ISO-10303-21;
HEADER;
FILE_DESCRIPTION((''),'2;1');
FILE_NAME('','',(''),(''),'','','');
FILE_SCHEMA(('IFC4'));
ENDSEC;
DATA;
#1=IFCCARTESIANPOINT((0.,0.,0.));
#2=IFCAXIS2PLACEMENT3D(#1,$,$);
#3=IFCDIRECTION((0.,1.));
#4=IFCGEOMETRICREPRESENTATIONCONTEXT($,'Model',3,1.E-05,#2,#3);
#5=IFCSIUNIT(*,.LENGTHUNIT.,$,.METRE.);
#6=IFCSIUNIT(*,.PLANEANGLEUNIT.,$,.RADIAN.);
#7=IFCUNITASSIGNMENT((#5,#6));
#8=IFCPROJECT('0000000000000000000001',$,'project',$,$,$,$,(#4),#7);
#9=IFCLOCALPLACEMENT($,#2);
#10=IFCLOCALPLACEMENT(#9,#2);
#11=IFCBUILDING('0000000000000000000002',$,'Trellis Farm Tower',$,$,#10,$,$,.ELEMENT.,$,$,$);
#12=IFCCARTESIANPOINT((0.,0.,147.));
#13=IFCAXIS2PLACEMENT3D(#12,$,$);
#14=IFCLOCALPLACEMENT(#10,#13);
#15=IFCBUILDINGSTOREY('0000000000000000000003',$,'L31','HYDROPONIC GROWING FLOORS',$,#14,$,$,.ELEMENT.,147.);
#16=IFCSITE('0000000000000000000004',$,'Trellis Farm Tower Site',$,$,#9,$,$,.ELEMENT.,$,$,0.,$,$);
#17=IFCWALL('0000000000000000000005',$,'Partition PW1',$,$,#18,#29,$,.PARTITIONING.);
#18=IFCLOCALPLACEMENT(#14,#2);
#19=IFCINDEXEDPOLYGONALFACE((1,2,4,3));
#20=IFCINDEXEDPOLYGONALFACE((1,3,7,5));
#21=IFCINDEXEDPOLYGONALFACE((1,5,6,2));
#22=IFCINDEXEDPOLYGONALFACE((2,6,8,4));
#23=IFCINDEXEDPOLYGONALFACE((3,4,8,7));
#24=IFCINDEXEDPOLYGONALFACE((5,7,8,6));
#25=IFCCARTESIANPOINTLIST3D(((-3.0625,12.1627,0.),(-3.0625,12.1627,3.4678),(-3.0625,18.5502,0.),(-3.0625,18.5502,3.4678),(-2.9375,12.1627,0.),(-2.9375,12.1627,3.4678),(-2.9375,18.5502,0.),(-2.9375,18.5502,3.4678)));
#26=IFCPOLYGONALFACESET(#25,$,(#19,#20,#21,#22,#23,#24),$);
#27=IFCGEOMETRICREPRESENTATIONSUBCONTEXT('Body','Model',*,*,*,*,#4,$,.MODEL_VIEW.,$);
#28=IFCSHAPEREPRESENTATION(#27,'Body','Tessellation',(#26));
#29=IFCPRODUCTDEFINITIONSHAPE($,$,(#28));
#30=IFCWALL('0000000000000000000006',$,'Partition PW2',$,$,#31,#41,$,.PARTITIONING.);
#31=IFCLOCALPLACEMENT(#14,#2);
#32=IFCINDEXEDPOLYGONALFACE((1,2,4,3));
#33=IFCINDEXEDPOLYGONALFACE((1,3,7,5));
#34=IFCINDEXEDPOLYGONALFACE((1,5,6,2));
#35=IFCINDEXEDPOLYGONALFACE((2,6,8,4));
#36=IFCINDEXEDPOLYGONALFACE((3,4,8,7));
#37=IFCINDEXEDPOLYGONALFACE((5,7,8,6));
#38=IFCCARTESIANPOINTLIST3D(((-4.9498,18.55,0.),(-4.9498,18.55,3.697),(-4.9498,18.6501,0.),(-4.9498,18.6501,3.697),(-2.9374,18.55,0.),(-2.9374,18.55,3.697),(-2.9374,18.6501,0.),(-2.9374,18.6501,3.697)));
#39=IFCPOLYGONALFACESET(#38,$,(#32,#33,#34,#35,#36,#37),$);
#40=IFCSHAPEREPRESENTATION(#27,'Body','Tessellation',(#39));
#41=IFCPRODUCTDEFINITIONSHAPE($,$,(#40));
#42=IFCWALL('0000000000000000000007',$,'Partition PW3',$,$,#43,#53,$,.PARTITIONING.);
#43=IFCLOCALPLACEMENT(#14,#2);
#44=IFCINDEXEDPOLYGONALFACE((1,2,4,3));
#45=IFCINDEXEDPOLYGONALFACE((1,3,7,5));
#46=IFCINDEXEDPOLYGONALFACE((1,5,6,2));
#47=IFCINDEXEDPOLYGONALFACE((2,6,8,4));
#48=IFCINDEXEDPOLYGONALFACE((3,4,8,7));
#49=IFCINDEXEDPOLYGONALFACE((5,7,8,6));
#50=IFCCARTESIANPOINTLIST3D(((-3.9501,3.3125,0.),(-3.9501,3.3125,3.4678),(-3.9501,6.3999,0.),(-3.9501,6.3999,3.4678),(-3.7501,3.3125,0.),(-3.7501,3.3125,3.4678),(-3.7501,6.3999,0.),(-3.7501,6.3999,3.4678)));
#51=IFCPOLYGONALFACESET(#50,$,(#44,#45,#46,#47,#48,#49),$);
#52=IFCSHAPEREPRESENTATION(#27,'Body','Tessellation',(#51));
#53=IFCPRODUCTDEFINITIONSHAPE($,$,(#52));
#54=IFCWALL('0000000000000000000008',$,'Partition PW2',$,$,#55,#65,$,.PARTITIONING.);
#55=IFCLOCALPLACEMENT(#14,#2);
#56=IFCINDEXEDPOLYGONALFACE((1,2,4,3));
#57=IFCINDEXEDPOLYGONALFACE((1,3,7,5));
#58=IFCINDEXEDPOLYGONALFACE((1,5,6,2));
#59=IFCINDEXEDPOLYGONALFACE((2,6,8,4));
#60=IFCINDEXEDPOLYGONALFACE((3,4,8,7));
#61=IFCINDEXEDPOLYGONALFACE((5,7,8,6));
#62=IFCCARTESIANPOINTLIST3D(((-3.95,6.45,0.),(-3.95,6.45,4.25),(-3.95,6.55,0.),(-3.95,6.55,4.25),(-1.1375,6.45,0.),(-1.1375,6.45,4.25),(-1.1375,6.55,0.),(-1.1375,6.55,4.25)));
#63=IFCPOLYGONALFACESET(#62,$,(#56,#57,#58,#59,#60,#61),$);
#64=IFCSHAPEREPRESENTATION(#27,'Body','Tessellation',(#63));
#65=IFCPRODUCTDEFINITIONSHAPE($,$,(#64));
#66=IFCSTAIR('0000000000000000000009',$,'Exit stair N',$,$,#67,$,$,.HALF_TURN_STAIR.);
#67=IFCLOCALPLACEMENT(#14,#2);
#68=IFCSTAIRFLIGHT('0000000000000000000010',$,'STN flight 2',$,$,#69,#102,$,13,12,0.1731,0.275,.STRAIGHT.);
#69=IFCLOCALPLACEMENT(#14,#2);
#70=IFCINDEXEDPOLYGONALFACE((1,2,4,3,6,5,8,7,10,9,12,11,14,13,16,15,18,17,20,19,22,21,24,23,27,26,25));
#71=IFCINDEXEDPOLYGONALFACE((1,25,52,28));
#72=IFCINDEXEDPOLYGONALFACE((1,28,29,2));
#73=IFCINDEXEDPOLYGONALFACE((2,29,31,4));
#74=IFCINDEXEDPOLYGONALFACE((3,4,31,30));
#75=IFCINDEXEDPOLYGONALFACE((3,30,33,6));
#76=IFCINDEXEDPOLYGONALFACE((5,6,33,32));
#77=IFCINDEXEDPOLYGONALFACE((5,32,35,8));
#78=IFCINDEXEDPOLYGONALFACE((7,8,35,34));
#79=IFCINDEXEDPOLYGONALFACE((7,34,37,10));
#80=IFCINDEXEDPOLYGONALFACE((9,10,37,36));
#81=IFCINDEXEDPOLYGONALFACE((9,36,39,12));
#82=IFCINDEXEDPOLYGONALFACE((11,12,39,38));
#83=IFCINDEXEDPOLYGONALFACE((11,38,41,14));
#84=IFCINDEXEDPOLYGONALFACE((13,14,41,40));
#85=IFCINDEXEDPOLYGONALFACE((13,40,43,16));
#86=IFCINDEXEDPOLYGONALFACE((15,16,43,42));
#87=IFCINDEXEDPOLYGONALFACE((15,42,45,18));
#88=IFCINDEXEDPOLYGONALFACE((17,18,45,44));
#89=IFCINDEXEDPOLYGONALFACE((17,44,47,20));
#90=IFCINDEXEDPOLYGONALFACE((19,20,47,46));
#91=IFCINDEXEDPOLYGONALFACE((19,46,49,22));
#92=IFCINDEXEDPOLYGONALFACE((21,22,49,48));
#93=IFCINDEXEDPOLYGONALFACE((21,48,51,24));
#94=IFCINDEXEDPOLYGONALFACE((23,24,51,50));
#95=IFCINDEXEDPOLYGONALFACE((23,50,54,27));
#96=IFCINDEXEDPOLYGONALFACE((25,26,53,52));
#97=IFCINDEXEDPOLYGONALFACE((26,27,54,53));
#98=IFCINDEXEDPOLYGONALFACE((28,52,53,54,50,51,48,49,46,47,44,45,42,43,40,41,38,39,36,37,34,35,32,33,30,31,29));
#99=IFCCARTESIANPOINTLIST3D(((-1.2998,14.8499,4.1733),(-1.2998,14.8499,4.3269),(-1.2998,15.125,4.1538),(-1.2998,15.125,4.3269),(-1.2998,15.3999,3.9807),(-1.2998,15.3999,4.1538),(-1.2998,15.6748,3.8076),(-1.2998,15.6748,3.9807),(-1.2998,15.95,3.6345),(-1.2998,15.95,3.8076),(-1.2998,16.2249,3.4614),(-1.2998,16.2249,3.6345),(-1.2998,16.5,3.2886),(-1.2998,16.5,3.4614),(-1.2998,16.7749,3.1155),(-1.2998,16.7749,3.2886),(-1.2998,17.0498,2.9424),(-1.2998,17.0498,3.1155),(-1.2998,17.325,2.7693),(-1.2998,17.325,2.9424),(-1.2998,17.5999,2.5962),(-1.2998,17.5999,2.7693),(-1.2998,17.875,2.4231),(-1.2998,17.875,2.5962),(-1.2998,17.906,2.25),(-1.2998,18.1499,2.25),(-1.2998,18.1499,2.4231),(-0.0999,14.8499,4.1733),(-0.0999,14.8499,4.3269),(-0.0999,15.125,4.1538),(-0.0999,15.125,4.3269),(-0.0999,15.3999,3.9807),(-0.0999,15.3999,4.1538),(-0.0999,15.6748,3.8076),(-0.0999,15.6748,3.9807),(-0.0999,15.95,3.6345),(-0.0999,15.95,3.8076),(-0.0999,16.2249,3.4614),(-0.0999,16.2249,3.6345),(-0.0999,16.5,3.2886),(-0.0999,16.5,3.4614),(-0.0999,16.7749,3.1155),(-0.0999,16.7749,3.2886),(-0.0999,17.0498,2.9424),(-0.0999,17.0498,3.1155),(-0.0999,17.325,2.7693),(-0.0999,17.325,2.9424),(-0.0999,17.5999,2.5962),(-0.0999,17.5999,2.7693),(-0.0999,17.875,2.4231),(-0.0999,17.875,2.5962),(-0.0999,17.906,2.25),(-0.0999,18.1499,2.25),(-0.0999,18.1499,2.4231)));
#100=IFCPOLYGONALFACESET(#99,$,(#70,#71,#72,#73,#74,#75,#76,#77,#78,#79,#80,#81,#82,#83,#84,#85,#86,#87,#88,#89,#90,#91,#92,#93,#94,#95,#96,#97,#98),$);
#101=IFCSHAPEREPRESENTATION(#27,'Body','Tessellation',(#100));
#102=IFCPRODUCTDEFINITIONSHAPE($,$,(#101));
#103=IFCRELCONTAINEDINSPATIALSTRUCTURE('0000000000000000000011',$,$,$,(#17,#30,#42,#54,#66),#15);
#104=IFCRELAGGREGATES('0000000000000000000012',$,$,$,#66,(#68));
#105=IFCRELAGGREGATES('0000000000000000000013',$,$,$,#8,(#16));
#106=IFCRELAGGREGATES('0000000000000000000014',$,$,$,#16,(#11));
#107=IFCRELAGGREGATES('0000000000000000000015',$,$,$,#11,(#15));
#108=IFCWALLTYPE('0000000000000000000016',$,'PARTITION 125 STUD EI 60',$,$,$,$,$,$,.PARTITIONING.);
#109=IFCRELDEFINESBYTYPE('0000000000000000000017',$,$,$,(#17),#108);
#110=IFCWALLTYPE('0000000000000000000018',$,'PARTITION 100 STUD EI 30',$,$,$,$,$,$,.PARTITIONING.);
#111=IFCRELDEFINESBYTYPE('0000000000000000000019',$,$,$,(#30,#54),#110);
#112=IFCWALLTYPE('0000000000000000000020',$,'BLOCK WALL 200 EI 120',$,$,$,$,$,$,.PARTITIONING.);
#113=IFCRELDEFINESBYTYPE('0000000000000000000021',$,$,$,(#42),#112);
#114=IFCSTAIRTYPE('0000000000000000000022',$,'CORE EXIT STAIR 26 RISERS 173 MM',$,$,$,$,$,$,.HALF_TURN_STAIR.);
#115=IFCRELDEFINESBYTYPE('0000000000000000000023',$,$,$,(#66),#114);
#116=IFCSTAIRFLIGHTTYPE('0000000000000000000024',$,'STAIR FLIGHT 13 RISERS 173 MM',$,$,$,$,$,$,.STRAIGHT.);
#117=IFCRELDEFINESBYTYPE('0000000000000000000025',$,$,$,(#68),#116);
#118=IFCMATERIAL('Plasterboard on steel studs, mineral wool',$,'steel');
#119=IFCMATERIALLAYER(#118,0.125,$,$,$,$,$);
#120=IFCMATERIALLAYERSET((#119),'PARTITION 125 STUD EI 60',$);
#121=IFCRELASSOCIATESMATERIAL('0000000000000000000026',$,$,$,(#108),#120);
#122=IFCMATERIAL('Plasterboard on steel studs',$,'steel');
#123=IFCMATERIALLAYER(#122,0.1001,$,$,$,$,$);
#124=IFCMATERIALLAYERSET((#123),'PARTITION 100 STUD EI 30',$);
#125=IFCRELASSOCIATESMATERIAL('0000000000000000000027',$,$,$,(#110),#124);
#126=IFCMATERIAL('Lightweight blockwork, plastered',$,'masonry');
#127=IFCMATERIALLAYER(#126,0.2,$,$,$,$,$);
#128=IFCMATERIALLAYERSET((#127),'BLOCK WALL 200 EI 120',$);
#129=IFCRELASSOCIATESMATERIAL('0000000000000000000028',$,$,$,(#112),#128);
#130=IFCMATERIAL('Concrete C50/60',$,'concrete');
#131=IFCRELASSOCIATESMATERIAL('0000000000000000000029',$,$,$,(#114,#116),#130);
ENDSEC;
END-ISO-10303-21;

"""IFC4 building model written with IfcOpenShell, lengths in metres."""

from ifc_helpers import new_model, si_unit, direction, frame, frame_2d, origin, place, context, subcontext, project, spatial, polyline, rectangle, outline, extrude, source, transform, mapped, material, layer, layer_set, type_object, element, aggregate, save


model = new_model("IFC4")

# Units and contexts
model_context = context("Model", 3, precision=1e-05, world=origin(), true_north=direction((0.0, 1.0)))
body_context = subcontext(model_context, "Body", "Model", "MODEL_VIEW")
ifc_project = project(units=[si_unit("LENGTHUNIT", "METRE"), si_unit("PLANEANGLEUNIT", "RADIAN")], contexts=[model_context])

# Site, building, storey
site_placement = place(None, origin())
site = spatial("IfcSite", under=ifc_project, at=site_placement, Name="Trellis Farm Tower Site", CompositionType="ELEMENT", RefElevation=0.0)
building_placement = place(site_placement, origin())
building = spatial("IfcBuilding", under=site, at=building_placement, Name="Trellis Farm Tower", CompositionType="ELEMENT")
storey_placement = place(building_placement, frame((0.0, 0.0, 147.0)))
storey = spatial("IfcBuildingStorey", under=building, at=storey_placement, Name="L31", Description="HYDROPONIC GROWING FLOORS", CompositionType="ELEMENT", Elevation=147.0)

# Shared definitions
ifc_material_1 = material(Name="Plasterboard on steel studs, mineral wool", Category="steel")
ifc_layer_1 = layer(ifc_material_1, 0.125)
ifc_layer_set_1 = layer_set([ifc_layer_1], Name="PARTITION 125 STUD EI 60")
wall_type_1 = type_object("IfcWallType", Name="PARTITION 125 STUD EI 60", PredefinedType="PARTITIONING", material=ifc_layer_set_1)

# Walls
shared_shape_1 = source(origin(), body_context, "Body", "SweptSolid", [
    extrude(rectangle(XDim=6.3875, YDim=0.125, at=frame_2d((3.1938, 0.0))), origin(), (0.0, 0.0, 1.0), 3.4678),
])
wall_1_placement = place(storey_placement, frame((-3.0, 12.1626, 0.0), z_axis=(0.0, 0.0, 1.0), x_axis=(0.0, 1.0, 0.0)))
element("IfcWall", 1, at=wall_1_placement, inside=storey, type_object=wall_type_1, Name="Partition PW1", PredefinedType="PARTITIONING", context=body_context, shape_type="MappedRepresentation", body=[
    mapped(shared_shape_1, transform((0.0, 0.0, 0.0))),
])
ifc_material_2 = material(Name="Plasterboard on steel studs", Category="steel")
ifc_layer_2 = layer(ifc_material_2, 0.1001)
ifc_layer_set_2 = layer_set([ifc_layer_2], Name="PARTITION 100 STUD EI 30")
wall_type_2 = type_object("IfcWallType", Name="PARTITION 100 STUD EI 30", PredefinedType="PARTITIONING", material=ifc_layer_set_2)
shared_shape_2 = source(origin(), body_context, "Body", "SweptSolid", [
    extrude(rectangle(XDim=2.0125, YDim=0.1001, at=frame_2d((1.0063, 0.0))), origin(), (0.0, 0.0, 1.0), 3.697),
])
wall_2_placement = place(storey_placement, frame((-4.95, 18.6001, 0.0), z_axis=(0.0, 0.0, 1.0), x_axis=(1.0, 0.0, 0.0)))
element("IfcWall", 2, at=wall_2_placement, inside=storey, type_object=wall_type_2, Name="Partition PW2", PredefinedType="PARTITIONING", context=body_context, shape_type="MappedRepresentation", body=[
    mapped(shared_shape_2, transform((0.0, 0.0, 0.0))),
])
ifc_material_3 = material(Name="Lightweight blockwork, plastered", Category="masonry")
ifc_layer_3 = layer(ifc_material_3, 0.2)
ifc_layer_set_3 = layer_set([ifc_layer_3], Name="BLOCK WALL 200 EI 120")
wall_type_3 = type_object("IfcWallType", Name="BLOCK WALL 200 EI 120", PredefinedType="PARTITIONING", material=ifc_layer_set_3)
shared_shape_3 = source(origin(), body_context, "Body", "SweptSolid", [
    extrude(rectangle(XDim=3.0874, YDim=0.2, at=frame_2d((1.5437, 0.0))), origin(), (0.0, 0.0, 1.0), 3.4678),
])
wall_3_placement = place(storey_placement, frame((-3.8501, 3.3125, 0.0), z_axis=(0.0, 0.0, 1.0), x_axis=(0.0, 1.0, 0.0)))
element("IfcWall", 3, at=wall_3_placement, inside=storey, type_object=wall_type_3, Name="Partition PW3", PredefinedType="PARTITIONING", context=body_context, shape_type="MappedRepresentation", body=[
    mapped(shared_shape_3, transform((0.0, 0.0, 0.0))),
])
shared_shape_4 = source(origin(), body_context, "Body", "SweptSolid", [
    extrude(rectangle(XDim=2.8125, YDim=0.1001, at=frame_2d((1.4062, 0.0))), origin(), (0.0, 0.0, 1.0), 4.25),
])
wall_4_placement = place(storey_placement, frame((-3.95, 6.5, 0.0), z_axis=(0.0, 0.0, 1.0), x_axis=(1.0, 0.0, 0.0)))
element("IfcWall", 4, at=wall_4_placement, inside=storey, type_object=wall_type_2, Name="Partition PW2", PredefinedType="PARTITIONING", context=body_context, shape_type="MappedRepresentation", body=[
    mapped(shared_shape_4, transform((0.0, 0.0, 0.0))),
])

# Stair, stair flight
ifc_material_4 = material(Name="Concrete C50/60", Category="concrete")
stair_type = type_object("IfcStairType", Name="CORE EXIT STAIR 26 RISERS 173 MM", PredefinedType="HALF_TURN_STAIR", material=ifc_material_4)
stair_placement = place(storey_placement, origin())
stair = element("IfcStair", 5, at=stair_placement, inside=storey, type_object=stair_type, Name="Exit stair N", PredefinedType="HALF_TURN_STAIR")
stair_flight_type = type_object("IfcStairFlightType", Name="STAIR FLIGHT 13 RISERS 173 MM", PredefinedType="STRAIGHT", material=ifc_material_4)
shared_shape_5 = source(origin(), body_context, "Body", "SweptSolid", [
    extrude(outline(polyline([(0.0, 0.0), (0.0, 0.1731), (0.2749, 0.1731), (0.2749, 0.3462), (0.55, 0.3462), (0.55, 0.5193), (0.825, 0.5193), (0.825, 0.6924), (1.1001, 0.6924), (1.1001, 0.8655), (1.375, 0.8655), (1.375, 1.0386), (1.6499, 1.0386), (1.6499, 1.2114), (1.925, 1.2114), (1.925, 1.3845), (2.2, 1.3845), (2.2, 1.5576), (2.4751, 1.5576), (2.4751, 1.7307), (2.75, 1.7307), (2.75, 1.9038), (3.0249, 1.9038), (3.0249, 2.0769), (3.3, 2.0769), (3.3, 2.25), (3.3, 1.9233), (0.2439, 0.0), (0.0, 0.0)])), frame((0.0, 0.6001, 0.0), z_axis=(0.0, -1.0, 0.0), x_axis=(1.0, 0.0, 0.0)), (0.0, 0.0, 1.0), 1.2),
])
stair_flight_placement = place(storey_placement, frame((-0.7, 18.1499, 2.25), z_axis=(0.0, 0.0, 1.0), x_axis=(0.0, -1.0, 0.0)))
stair_flight = element("IfcStairFlight", 6, at=stair_flight_placement, type_object=stair_flight_type, Name="STN flight 2", NumberOfRisers=13, NumberOfTreads=12, PredefinedType="STRAIGHT", RiserHeight=0.1731, TreadLength=0.275, context=body_context, shape_type="MappedRepresentation", body=[
    mapped(shared_shape_5, transform((0.0, 0.0, 0.0))),
])
aggregate(stair, [stair_flight])

save(model, "model.ifc")
